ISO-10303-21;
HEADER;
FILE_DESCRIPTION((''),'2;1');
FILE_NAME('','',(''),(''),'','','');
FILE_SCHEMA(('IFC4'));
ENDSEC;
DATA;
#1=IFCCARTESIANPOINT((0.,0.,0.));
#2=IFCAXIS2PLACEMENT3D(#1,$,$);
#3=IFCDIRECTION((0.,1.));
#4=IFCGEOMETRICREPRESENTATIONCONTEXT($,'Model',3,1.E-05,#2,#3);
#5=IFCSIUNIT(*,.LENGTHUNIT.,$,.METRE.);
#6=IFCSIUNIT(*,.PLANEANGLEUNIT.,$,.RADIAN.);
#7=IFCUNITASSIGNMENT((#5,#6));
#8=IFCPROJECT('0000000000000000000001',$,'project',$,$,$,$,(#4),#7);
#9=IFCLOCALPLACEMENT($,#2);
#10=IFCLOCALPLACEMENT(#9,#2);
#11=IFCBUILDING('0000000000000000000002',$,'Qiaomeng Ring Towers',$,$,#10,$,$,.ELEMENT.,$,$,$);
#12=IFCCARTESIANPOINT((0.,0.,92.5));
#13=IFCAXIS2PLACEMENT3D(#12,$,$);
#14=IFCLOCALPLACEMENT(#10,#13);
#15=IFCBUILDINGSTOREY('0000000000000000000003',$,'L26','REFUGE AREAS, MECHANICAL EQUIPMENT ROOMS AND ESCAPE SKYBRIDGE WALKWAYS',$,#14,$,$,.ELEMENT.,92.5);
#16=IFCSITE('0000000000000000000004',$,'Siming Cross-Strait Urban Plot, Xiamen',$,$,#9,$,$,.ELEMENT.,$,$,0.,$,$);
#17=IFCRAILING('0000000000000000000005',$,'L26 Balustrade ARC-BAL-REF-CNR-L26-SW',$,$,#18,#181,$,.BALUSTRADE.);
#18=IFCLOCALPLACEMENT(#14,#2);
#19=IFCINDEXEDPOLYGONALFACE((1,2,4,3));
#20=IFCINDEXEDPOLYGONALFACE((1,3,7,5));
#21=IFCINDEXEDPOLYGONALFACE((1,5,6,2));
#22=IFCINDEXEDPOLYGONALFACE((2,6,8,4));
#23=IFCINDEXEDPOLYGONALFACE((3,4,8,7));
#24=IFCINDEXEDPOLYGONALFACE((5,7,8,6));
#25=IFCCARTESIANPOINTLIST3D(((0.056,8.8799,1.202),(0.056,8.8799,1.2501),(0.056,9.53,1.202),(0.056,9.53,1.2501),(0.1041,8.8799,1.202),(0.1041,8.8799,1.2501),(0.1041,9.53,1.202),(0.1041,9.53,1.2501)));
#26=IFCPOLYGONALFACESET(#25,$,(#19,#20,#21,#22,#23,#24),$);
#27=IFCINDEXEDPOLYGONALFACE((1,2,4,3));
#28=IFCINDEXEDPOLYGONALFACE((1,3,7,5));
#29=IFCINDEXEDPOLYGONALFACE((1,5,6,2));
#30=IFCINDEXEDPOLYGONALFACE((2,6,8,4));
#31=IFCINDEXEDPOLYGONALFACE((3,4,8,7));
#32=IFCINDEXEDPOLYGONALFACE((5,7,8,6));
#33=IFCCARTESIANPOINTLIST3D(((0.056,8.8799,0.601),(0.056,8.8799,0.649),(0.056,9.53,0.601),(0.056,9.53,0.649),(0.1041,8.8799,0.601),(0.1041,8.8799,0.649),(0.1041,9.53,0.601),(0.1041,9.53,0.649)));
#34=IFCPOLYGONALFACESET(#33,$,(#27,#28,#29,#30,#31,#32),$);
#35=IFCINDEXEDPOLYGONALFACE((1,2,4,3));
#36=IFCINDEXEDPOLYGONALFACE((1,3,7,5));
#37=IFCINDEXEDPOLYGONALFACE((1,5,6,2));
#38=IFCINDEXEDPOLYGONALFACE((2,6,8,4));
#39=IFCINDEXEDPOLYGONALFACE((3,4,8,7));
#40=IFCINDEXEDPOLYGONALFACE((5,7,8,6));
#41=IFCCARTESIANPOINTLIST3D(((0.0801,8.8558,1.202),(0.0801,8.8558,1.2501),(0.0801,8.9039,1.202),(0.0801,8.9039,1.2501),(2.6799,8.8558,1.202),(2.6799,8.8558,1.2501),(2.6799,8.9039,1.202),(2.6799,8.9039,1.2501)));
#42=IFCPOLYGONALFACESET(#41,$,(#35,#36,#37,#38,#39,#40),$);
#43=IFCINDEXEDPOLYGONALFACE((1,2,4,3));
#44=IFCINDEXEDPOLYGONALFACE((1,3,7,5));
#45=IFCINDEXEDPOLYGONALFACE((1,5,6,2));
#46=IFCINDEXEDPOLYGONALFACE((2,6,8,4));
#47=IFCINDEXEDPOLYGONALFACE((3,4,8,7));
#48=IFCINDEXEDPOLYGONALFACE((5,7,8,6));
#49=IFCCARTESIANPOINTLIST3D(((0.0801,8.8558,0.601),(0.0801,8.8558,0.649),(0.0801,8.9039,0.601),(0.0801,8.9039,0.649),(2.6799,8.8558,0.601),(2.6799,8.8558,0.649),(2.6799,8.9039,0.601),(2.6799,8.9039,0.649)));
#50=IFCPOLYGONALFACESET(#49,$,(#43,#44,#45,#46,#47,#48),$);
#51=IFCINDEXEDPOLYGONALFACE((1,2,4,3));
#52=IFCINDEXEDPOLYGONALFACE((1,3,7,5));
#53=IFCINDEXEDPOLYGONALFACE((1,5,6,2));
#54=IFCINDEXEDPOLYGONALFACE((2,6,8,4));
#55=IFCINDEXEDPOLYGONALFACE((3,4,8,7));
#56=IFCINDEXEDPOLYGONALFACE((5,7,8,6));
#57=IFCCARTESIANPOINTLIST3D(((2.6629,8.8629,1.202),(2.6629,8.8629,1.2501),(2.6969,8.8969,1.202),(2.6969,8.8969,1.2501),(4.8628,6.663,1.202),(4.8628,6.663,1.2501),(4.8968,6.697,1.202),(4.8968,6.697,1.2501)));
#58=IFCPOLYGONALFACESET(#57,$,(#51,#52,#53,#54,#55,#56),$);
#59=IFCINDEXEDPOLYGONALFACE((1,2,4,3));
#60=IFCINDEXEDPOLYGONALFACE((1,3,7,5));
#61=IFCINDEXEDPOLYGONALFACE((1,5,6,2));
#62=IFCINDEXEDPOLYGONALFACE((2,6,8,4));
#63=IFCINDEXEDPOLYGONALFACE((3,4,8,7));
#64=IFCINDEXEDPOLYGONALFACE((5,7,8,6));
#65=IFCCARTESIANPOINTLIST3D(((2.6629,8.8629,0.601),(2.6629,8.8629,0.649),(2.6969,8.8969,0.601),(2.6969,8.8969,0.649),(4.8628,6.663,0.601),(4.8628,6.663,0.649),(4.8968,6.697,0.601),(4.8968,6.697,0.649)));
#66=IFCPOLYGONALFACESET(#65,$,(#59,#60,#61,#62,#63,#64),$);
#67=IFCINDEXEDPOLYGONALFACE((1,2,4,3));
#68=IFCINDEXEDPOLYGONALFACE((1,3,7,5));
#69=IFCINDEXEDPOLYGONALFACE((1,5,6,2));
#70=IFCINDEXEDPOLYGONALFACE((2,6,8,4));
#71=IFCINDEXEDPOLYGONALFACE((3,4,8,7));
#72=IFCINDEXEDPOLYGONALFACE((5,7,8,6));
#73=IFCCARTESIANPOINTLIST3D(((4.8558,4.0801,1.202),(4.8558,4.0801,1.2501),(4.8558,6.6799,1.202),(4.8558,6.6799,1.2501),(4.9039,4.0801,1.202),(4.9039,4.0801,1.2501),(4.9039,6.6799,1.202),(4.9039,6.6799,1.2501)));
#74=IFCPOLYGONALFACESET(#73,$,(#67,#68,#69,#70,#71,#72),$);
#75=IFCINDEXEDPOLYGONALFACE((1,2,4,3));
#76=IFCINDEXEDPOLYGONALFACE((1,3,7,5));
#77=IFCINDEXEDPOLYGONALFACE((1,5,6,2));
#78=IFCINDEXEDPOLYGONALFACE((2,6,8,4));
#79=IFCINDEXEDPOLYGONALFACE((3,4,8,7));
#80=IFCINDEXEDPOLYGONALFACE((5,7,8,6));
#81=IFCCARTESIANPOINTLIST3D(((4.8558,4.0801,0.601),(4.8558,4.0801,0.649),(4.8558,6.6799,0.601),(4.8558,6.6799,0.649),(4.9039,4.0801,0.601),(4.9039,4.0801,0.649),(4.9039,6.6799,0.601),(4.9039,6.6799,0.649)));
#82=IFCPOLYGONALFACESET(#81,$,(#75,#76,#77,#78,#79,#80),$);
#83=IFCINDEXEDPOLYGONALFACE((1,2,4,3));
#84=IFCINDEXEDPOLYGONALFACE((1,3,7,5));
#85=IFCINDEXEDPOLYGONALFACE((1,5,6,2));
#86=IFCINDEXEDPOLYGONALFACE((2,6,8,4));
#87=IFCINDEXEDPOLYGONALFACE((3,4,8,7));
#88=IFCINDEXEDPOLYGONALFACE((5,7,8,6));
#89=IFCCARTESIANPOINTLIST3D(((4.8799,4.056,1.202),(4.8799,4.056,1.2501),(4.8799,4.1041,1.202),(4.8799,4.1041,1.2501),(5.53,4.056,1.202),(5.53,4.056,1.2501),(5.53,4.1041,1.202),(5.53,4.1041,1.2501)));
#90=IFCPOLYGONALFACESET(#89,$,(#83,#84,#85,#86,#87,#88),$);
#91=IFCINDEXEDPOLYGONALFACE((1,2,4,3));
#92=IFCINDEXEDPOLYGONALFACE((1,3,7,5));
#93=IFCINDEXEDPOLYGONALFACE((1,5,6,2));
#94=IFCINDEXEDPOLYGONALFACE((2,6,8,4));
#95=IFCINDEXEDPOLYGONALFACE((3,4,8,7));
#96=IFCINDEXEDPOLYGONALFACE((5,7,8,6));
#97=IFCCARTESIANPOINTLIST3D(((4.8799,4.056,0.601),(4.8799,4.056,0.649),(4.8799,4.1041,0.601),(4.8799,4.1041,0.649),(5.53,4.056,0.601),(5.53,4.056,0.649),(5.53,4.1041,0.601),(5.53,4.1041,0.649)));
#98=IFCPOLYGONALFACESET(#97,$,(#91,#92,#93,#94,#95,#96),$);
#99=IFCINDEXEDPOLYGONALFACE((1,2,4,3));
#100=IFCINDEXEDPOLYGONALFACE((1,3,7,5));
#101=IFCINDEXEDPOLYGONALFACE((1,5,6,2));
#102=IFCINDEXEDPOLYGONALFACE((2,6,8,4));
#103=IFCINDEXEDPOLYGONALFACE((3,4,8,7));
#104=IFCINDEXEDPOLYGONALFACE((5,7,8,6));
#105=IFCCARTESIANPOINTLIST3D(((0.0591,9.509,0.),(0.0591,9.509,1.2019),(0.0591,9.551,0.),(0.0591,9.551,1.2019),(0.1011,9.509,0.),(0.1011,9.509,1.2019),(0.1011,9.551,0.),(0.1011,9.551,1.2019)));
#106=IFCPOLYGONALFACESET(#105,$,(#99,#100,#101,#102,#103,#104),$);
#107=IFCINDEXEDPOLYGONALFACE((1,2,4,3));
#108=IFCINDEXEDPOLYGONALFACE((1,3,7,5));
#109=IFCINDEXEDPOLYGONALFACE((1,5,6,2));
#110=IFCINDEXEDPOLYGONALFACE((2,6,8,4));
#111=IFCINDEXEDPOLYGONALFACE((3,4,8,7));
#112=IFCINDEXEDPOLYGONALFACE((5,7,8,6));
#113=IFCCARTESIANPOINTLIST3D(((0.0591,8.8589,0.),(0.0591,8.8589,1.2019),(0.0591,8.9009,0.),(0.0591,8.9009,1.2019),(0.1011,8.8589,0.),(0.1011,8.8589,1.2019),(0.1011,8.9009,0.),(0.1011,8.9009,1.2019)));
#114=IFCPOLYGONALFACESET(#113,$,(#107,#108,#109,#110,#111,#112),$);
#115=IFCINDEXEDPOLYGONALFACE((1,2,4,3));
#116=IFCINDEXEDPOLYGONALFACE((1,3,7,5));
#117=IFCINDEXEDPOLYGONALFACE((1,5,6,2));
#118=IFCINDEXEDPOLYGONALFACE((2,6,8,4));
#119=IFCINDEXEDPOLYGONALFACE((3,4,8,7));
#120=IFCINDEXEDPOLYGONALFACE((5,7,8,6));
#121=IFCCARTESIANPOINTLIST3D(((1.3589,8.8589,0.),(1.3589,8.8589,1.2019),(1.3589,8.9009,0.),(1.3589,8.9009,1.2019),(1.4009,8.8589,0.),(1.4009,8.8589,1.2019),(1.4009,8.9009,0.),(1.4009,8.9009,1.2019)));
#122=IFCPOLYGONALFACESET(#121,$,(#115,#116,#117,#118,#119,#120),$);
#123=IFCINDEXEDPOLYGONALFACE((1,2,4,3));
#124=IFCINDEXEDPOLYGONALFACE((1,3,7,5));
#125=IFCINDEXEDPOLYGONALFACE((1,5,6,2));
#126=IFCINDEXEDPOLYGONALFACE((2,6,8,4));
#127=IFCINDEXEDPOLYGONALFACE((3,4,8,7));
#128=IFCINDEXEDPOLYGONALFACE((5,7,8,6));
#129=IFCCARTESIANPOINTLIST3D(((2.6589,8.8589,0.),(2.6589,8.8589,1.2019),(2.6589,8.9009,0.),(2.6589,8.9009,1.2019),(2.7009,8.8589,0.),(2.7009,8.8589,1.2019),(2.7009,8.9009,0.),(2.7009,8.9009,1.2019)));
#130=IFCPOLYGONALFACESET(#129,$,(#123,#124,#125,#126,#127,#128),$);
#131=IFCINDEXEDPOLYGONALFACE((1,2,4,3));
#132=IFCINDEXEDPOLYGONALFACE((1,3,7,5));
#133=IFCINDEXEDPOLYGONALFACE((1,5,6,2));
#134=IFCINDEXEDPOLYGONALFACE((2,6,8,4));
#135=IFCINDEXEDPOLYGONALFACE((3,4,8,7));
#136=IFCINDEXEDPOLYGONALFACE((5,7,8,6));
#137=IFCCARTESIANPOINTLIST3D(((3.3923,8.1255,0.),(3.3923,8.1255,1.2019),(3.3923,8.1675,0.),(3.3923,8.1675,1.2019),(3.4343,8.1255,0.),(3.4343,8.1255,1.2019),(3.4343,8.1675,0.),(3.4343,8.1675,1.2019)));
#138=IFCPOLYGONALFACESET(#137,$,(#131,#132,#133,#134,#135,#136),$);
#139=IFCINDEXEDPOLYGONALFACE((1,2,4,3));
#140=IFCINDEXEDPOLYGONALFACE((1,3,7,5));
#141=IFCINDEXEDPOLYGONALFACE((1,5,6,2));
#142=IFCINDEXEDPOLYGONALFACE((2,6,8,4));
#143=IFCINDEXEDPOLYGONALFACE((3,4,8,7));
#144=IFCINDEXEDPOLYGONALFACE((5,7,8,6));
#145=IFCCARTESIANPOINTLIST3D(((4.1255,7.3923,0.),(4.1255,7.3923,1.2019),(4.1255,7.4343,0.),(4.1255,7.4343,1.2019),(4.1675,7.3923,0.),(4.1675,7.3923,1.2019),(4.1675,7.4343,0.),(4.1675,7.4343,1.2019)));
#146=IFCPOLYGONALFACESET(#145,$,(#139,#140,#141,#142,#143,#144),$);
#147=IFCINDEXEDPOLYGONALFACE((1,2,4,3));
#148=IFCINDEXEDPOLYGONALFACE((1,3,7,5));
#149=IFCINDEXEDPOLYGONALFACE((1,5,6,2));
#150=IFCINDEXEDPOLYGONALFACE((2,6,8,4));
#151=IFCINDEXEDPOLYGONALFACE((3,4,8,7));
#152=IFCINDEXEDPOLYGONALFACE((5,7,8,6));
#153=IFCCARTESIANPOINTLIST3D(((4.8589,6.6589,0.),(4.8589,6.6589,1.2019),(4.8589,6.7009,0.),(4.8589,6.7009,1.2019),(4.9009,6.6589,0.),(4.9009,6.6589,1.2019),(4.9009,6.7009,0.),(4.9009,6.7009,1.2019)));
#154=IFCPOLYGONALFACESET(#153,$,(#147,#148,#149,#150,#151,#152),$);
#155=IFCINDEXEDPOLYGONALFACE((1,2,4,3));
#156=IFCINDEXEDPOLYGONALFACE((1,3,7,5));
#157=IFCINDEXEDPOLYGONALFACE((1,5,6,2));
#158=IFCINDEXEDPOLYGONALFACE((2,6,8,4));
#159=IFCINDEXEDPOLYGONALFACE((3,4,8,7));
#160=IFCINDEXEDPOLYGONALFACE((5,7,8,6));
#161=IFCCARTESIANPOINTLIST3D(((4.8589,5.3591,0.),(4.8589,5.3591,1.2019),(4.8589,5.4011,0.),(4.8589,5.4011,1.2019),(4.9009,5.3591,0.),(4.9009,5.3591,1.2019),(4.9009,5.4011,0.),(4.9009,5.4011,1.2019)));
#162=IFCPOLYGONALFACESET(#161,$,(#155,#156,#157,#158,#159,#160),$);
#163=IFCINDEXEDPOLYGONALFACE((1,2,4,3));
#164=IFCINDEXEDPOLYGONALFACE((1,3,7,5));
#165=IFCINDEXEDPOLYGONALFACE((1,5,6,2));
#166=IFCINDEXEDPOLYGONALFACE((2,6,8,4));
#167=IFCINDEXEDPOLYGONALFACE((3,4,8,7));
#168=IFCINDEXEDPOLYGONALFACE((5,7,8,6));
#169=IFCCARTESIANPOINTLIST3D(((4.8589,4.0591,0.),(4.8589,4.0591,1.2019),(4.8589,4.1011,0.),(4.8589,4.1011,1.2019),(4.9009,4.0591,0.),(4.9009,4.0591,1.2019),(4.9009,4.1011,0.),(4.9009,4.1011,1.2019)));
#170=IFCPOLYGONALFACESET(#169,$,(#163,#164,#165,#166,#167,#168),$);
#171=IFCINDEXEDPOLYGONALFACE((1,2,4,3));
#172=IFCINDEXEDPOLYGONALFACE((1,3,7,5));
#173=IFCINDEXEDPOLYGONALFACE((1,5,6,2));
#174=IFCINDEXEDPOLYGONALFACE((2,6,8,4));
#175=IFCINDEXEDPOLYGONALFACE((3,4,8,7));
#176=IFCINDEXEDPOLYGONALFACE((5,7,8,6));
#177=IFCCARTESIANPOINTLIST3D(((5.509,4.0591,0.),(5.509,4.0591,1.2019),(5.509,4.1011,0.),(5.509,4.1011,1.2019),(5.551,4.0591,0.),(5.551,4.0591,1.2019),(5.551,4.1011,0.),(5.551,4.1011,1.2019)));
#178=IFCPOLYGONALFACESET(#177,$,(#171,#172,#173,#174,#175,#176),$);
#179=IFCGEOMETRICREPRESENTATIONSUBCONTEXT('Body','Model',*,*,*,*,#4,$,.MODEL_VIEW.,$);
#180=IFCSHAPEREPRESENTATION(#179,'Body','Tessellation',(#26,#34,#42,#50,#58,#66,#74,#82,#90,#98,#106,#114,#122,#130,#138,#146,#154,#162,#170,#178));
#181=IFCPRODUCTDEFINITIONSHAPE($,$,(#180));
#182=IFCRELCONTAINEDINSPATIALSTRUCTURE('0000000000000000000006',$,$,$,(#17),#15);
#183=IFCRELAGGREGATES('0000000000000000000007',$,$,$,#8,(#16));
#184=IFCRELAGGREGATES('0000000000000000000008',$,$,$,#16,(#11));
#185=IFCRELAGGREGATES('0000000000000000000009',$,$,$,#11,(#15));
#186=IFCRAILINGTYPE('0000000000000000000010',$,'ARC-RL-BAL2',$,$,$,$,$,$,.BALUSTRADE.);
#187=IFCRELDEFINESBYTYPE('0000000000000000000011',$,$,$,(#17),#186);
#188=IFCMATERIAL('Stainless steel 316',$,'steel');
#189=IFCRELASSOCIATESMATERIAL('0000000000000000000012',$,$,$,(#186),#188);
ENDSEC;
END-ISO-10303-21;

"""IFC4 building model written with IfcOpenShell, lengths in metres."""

from ifc_helpers import new_model, si_unit, direction, frame, origin, origin_2d, place, context, subcontext, project, spatial, rectangle, extrude, material, type_object, element, save


model = new_model("IFC4")

# Units and contexts
model_context = context("Model", 3, precision=1e-05, world=origin(), true_north=direction((0.0, 1.0)))
body_context = subcontext(model_context, "Body", "Model", "MODEL_VIEW")
ifc_project = project(units=[si_unit("LENGTHUNIT", "METRE"), si_unit("PLANEANGLEUNIT", "RADIAN")], contexts=[model_context])

# Site, building, storey
site_placement = place(None, origin())
site = spatial("IfcSite", under=ifc_project, at=site_placement, Name="Siming Cross-Strait Urban Plot, Xiamen", CompositionType="ELEMENT", RefElevation=0.0)
building_placement = place(site_placement, origin())
building = spatial("IfcBuilding", under=site, at=building_placement, Name="Qiaomeng Ring Towers", CompositionType="ELEMENT")
storey_placement = place(building_placement, frame((0.0, 0.0, 92.5)))
storey = spatial("IfcBuildingStorey", under=building, at=storey_placement, Name="L26", Description="REFUGE AREAS, MECHANICAL EQUIPMENT ROOMS AND ESCAPE SKYBRIDGE WALKWAYS", CompositionType="ELEMENT", Elevation=92.5)

# Railing
ifc_material_1 = material(Name="Stainless steel 316", Category="steel")
railing_type = type_object("IfcRailingType", Name="ARC-RL-BAL2", PredefinedType="BALUSTRADE", material=ifc_material_1)
railing_1_placement = place(storey_placement, frame((0.0801, 9.53, 0.0)))
element("IfcRailing", 1, at=railing_1_placement, inside=storey, type_object=railing_type, Name="L26 Balustrade ARC-BAL-REF-CNR-L26-SW", PredefinedType="BALUSTRADE", context=body_context, shape_type="SweptSolid", body=[
    extrude(rectangle(XDim=0.0481, YDim=0.0481, at=origin_2d()), frame((0.0, 0.0, 1.2261), z_axis=(0.0, -1.0, 0.0), x_axis=(1.0, 0.0, 0.0)), (0.0, 0.0, 1.0), 0.6501),
    extrude(rectangle(XDim=0.0481, YDim=0.0481, at=origin_2d()), frame((0.0, 0.0, 0.625), z_axis=(0.0, -1.0, 0.0), x_axis=(1.0, 0.0, 0.0)), (0.0, 0.0, 1.0), 0.6501),
    extrude(rectangle(XDim=0.0481, YDim=0.0481, at=origin_2d()), frame((0.0, -0.6501, 1.2261), z_axis=(1.0, 0.0, 0.0), x_axis=(0.0, 1.0, 0.0)), (0.0, 0.0, 1.0), 2.5999),
    extrude(rectangle(XDim=0.0481, YDim=0.0481, at=origin_2d()), frame((0.0, -0.6501, 0.625), z_axis=(1.0, 0.0, 0.0), x_axis=(0.0, 1.0, 0.0)), (0.0, 0.0, 1.0), 2.5999),
    extrude(rectangle(XDim=0.0481, YDim=0.0481, at=origin_2d()), frame((2.5999, -0.6501, 1.2261), z_axis=(0.707107, -0.707107, 0.0), x_axis=(0.707107, 0.707107, 0.0)), (0.0, 0.0, 1.0), 3.1111),
    extrude(rectangle(XDim=0.0481, YDim=0.0481, at=origin_2d()), frame((2.5999, -0.6501, 0.625), z_axis=(0.707107, -0.707107, 0.0), x_axis=(0.707107, 0.707107, 0.0)), (0.0, 0.0, 1.0), 3.1111),
    extrude(rectangle(XDim=0.0481, YDim=0.0481, at=origin_2d()), frame((4.7998, -2.8501, 1.2261), z_axis=(0.0, -1.0, 0.0), x_axis=(1.0, 0.0, 0.0)), (0.0, 0.0, 1.0), 2.5999),
    extrude(rectangle(XDim=0.0481, YDim=0.0481, at=origin_2d()), frame((4.7998, -2.8501, 0.625), z_axis=(0.0, -1.0, 0.0), x_axis=(1.0, 0.0, 0.0)), (0.0, 0.0, 1.0), 2.5999),
    extrude(rectangle(XDim=0.0481, YDim=0.0481, at=origin_2d()), frame((4.7998, -5.45, 1.2261), z_axis=(1.0, 0.0, 0.0), x_axis=(0.0, 1.0, 0.0)), (0.0, 0.0, 1.0), 0.6501),
    extrude(rectangle(XDim=0.0481, YDim=0.0481, at=origin_2d()), frame((4.7998, -5.45, 0.625), z_axis=(1.0, 0.0, 0.0), x_axis=(0.0, 1.0, 0.0)), (0.0, 0.0, 1.0), 0.6501),
    extrude(rectangle(XDim=0.042, YDim=0.042, at=origin_2d()), origin(), (0.0, 0.0, 1.0), 1.2019),
    extrude(rectangle(XDim=0.042, YDim=0.042, at=origin_2d()), frame((0.0, -0.6501, 0.0)), (0.0, 0.0, 1.0), 1.2019),
    extrude(rectangle(XDim=0.042, YDim=0.042, at=origin_2d()), frame((1.2998, -0.6501, 0.0)), (0.0, 0.0, 1.0), 1.2019),
    extrude(rectangle(XDim=0.042, YDim=0.042, at=origin_2d()), frame((2.5999, -0.6501, 0.0)), (0.0, 0.0, 1.0), 1.2019),
    extrude(rectangle(XDim=0.042, YDim=0.042, at=origin_2d()), frame((3.3333, -1.3835, 0.0)), (0.0, 0.0, 1.0), 1.2019),
    extrude(rectangle(XDim=0.042, YDim=0.042, at=origin_2d()), frame((4.0664, -2.1167, 0.0)), (0.0, 0.0, 1.0), 1.2019),
    extrude(rectangle(XDim=0.042, YDim=0.042, at=origin_2d()), frame((4.7998, -2.8501, 0.0)), (0.0, 0.0, 1.0), 1.2019),
    extrude(rectangle(XDim=0.042, YDim=0.042, at=origin_2d()), frame((4.7998, -4.1499, 0.0)), (0.0, 0.0, 1.0), 1.2019),
    extrude(rectangle(XDim=0.042, YDim=0.042, at=origin_2d()), frame((4.7998, -5.45, 0.0)), (0.0, 0.0, 1.0), 1.2019),
    extrude(rectangle(XDim=0.042, YDim=0.042, at=origin_2d()), frame((5.45, -5.45, 0.0)), (0.0, 0.0, 1.0), 1.2019),
])

save(model, "model.ifc")
